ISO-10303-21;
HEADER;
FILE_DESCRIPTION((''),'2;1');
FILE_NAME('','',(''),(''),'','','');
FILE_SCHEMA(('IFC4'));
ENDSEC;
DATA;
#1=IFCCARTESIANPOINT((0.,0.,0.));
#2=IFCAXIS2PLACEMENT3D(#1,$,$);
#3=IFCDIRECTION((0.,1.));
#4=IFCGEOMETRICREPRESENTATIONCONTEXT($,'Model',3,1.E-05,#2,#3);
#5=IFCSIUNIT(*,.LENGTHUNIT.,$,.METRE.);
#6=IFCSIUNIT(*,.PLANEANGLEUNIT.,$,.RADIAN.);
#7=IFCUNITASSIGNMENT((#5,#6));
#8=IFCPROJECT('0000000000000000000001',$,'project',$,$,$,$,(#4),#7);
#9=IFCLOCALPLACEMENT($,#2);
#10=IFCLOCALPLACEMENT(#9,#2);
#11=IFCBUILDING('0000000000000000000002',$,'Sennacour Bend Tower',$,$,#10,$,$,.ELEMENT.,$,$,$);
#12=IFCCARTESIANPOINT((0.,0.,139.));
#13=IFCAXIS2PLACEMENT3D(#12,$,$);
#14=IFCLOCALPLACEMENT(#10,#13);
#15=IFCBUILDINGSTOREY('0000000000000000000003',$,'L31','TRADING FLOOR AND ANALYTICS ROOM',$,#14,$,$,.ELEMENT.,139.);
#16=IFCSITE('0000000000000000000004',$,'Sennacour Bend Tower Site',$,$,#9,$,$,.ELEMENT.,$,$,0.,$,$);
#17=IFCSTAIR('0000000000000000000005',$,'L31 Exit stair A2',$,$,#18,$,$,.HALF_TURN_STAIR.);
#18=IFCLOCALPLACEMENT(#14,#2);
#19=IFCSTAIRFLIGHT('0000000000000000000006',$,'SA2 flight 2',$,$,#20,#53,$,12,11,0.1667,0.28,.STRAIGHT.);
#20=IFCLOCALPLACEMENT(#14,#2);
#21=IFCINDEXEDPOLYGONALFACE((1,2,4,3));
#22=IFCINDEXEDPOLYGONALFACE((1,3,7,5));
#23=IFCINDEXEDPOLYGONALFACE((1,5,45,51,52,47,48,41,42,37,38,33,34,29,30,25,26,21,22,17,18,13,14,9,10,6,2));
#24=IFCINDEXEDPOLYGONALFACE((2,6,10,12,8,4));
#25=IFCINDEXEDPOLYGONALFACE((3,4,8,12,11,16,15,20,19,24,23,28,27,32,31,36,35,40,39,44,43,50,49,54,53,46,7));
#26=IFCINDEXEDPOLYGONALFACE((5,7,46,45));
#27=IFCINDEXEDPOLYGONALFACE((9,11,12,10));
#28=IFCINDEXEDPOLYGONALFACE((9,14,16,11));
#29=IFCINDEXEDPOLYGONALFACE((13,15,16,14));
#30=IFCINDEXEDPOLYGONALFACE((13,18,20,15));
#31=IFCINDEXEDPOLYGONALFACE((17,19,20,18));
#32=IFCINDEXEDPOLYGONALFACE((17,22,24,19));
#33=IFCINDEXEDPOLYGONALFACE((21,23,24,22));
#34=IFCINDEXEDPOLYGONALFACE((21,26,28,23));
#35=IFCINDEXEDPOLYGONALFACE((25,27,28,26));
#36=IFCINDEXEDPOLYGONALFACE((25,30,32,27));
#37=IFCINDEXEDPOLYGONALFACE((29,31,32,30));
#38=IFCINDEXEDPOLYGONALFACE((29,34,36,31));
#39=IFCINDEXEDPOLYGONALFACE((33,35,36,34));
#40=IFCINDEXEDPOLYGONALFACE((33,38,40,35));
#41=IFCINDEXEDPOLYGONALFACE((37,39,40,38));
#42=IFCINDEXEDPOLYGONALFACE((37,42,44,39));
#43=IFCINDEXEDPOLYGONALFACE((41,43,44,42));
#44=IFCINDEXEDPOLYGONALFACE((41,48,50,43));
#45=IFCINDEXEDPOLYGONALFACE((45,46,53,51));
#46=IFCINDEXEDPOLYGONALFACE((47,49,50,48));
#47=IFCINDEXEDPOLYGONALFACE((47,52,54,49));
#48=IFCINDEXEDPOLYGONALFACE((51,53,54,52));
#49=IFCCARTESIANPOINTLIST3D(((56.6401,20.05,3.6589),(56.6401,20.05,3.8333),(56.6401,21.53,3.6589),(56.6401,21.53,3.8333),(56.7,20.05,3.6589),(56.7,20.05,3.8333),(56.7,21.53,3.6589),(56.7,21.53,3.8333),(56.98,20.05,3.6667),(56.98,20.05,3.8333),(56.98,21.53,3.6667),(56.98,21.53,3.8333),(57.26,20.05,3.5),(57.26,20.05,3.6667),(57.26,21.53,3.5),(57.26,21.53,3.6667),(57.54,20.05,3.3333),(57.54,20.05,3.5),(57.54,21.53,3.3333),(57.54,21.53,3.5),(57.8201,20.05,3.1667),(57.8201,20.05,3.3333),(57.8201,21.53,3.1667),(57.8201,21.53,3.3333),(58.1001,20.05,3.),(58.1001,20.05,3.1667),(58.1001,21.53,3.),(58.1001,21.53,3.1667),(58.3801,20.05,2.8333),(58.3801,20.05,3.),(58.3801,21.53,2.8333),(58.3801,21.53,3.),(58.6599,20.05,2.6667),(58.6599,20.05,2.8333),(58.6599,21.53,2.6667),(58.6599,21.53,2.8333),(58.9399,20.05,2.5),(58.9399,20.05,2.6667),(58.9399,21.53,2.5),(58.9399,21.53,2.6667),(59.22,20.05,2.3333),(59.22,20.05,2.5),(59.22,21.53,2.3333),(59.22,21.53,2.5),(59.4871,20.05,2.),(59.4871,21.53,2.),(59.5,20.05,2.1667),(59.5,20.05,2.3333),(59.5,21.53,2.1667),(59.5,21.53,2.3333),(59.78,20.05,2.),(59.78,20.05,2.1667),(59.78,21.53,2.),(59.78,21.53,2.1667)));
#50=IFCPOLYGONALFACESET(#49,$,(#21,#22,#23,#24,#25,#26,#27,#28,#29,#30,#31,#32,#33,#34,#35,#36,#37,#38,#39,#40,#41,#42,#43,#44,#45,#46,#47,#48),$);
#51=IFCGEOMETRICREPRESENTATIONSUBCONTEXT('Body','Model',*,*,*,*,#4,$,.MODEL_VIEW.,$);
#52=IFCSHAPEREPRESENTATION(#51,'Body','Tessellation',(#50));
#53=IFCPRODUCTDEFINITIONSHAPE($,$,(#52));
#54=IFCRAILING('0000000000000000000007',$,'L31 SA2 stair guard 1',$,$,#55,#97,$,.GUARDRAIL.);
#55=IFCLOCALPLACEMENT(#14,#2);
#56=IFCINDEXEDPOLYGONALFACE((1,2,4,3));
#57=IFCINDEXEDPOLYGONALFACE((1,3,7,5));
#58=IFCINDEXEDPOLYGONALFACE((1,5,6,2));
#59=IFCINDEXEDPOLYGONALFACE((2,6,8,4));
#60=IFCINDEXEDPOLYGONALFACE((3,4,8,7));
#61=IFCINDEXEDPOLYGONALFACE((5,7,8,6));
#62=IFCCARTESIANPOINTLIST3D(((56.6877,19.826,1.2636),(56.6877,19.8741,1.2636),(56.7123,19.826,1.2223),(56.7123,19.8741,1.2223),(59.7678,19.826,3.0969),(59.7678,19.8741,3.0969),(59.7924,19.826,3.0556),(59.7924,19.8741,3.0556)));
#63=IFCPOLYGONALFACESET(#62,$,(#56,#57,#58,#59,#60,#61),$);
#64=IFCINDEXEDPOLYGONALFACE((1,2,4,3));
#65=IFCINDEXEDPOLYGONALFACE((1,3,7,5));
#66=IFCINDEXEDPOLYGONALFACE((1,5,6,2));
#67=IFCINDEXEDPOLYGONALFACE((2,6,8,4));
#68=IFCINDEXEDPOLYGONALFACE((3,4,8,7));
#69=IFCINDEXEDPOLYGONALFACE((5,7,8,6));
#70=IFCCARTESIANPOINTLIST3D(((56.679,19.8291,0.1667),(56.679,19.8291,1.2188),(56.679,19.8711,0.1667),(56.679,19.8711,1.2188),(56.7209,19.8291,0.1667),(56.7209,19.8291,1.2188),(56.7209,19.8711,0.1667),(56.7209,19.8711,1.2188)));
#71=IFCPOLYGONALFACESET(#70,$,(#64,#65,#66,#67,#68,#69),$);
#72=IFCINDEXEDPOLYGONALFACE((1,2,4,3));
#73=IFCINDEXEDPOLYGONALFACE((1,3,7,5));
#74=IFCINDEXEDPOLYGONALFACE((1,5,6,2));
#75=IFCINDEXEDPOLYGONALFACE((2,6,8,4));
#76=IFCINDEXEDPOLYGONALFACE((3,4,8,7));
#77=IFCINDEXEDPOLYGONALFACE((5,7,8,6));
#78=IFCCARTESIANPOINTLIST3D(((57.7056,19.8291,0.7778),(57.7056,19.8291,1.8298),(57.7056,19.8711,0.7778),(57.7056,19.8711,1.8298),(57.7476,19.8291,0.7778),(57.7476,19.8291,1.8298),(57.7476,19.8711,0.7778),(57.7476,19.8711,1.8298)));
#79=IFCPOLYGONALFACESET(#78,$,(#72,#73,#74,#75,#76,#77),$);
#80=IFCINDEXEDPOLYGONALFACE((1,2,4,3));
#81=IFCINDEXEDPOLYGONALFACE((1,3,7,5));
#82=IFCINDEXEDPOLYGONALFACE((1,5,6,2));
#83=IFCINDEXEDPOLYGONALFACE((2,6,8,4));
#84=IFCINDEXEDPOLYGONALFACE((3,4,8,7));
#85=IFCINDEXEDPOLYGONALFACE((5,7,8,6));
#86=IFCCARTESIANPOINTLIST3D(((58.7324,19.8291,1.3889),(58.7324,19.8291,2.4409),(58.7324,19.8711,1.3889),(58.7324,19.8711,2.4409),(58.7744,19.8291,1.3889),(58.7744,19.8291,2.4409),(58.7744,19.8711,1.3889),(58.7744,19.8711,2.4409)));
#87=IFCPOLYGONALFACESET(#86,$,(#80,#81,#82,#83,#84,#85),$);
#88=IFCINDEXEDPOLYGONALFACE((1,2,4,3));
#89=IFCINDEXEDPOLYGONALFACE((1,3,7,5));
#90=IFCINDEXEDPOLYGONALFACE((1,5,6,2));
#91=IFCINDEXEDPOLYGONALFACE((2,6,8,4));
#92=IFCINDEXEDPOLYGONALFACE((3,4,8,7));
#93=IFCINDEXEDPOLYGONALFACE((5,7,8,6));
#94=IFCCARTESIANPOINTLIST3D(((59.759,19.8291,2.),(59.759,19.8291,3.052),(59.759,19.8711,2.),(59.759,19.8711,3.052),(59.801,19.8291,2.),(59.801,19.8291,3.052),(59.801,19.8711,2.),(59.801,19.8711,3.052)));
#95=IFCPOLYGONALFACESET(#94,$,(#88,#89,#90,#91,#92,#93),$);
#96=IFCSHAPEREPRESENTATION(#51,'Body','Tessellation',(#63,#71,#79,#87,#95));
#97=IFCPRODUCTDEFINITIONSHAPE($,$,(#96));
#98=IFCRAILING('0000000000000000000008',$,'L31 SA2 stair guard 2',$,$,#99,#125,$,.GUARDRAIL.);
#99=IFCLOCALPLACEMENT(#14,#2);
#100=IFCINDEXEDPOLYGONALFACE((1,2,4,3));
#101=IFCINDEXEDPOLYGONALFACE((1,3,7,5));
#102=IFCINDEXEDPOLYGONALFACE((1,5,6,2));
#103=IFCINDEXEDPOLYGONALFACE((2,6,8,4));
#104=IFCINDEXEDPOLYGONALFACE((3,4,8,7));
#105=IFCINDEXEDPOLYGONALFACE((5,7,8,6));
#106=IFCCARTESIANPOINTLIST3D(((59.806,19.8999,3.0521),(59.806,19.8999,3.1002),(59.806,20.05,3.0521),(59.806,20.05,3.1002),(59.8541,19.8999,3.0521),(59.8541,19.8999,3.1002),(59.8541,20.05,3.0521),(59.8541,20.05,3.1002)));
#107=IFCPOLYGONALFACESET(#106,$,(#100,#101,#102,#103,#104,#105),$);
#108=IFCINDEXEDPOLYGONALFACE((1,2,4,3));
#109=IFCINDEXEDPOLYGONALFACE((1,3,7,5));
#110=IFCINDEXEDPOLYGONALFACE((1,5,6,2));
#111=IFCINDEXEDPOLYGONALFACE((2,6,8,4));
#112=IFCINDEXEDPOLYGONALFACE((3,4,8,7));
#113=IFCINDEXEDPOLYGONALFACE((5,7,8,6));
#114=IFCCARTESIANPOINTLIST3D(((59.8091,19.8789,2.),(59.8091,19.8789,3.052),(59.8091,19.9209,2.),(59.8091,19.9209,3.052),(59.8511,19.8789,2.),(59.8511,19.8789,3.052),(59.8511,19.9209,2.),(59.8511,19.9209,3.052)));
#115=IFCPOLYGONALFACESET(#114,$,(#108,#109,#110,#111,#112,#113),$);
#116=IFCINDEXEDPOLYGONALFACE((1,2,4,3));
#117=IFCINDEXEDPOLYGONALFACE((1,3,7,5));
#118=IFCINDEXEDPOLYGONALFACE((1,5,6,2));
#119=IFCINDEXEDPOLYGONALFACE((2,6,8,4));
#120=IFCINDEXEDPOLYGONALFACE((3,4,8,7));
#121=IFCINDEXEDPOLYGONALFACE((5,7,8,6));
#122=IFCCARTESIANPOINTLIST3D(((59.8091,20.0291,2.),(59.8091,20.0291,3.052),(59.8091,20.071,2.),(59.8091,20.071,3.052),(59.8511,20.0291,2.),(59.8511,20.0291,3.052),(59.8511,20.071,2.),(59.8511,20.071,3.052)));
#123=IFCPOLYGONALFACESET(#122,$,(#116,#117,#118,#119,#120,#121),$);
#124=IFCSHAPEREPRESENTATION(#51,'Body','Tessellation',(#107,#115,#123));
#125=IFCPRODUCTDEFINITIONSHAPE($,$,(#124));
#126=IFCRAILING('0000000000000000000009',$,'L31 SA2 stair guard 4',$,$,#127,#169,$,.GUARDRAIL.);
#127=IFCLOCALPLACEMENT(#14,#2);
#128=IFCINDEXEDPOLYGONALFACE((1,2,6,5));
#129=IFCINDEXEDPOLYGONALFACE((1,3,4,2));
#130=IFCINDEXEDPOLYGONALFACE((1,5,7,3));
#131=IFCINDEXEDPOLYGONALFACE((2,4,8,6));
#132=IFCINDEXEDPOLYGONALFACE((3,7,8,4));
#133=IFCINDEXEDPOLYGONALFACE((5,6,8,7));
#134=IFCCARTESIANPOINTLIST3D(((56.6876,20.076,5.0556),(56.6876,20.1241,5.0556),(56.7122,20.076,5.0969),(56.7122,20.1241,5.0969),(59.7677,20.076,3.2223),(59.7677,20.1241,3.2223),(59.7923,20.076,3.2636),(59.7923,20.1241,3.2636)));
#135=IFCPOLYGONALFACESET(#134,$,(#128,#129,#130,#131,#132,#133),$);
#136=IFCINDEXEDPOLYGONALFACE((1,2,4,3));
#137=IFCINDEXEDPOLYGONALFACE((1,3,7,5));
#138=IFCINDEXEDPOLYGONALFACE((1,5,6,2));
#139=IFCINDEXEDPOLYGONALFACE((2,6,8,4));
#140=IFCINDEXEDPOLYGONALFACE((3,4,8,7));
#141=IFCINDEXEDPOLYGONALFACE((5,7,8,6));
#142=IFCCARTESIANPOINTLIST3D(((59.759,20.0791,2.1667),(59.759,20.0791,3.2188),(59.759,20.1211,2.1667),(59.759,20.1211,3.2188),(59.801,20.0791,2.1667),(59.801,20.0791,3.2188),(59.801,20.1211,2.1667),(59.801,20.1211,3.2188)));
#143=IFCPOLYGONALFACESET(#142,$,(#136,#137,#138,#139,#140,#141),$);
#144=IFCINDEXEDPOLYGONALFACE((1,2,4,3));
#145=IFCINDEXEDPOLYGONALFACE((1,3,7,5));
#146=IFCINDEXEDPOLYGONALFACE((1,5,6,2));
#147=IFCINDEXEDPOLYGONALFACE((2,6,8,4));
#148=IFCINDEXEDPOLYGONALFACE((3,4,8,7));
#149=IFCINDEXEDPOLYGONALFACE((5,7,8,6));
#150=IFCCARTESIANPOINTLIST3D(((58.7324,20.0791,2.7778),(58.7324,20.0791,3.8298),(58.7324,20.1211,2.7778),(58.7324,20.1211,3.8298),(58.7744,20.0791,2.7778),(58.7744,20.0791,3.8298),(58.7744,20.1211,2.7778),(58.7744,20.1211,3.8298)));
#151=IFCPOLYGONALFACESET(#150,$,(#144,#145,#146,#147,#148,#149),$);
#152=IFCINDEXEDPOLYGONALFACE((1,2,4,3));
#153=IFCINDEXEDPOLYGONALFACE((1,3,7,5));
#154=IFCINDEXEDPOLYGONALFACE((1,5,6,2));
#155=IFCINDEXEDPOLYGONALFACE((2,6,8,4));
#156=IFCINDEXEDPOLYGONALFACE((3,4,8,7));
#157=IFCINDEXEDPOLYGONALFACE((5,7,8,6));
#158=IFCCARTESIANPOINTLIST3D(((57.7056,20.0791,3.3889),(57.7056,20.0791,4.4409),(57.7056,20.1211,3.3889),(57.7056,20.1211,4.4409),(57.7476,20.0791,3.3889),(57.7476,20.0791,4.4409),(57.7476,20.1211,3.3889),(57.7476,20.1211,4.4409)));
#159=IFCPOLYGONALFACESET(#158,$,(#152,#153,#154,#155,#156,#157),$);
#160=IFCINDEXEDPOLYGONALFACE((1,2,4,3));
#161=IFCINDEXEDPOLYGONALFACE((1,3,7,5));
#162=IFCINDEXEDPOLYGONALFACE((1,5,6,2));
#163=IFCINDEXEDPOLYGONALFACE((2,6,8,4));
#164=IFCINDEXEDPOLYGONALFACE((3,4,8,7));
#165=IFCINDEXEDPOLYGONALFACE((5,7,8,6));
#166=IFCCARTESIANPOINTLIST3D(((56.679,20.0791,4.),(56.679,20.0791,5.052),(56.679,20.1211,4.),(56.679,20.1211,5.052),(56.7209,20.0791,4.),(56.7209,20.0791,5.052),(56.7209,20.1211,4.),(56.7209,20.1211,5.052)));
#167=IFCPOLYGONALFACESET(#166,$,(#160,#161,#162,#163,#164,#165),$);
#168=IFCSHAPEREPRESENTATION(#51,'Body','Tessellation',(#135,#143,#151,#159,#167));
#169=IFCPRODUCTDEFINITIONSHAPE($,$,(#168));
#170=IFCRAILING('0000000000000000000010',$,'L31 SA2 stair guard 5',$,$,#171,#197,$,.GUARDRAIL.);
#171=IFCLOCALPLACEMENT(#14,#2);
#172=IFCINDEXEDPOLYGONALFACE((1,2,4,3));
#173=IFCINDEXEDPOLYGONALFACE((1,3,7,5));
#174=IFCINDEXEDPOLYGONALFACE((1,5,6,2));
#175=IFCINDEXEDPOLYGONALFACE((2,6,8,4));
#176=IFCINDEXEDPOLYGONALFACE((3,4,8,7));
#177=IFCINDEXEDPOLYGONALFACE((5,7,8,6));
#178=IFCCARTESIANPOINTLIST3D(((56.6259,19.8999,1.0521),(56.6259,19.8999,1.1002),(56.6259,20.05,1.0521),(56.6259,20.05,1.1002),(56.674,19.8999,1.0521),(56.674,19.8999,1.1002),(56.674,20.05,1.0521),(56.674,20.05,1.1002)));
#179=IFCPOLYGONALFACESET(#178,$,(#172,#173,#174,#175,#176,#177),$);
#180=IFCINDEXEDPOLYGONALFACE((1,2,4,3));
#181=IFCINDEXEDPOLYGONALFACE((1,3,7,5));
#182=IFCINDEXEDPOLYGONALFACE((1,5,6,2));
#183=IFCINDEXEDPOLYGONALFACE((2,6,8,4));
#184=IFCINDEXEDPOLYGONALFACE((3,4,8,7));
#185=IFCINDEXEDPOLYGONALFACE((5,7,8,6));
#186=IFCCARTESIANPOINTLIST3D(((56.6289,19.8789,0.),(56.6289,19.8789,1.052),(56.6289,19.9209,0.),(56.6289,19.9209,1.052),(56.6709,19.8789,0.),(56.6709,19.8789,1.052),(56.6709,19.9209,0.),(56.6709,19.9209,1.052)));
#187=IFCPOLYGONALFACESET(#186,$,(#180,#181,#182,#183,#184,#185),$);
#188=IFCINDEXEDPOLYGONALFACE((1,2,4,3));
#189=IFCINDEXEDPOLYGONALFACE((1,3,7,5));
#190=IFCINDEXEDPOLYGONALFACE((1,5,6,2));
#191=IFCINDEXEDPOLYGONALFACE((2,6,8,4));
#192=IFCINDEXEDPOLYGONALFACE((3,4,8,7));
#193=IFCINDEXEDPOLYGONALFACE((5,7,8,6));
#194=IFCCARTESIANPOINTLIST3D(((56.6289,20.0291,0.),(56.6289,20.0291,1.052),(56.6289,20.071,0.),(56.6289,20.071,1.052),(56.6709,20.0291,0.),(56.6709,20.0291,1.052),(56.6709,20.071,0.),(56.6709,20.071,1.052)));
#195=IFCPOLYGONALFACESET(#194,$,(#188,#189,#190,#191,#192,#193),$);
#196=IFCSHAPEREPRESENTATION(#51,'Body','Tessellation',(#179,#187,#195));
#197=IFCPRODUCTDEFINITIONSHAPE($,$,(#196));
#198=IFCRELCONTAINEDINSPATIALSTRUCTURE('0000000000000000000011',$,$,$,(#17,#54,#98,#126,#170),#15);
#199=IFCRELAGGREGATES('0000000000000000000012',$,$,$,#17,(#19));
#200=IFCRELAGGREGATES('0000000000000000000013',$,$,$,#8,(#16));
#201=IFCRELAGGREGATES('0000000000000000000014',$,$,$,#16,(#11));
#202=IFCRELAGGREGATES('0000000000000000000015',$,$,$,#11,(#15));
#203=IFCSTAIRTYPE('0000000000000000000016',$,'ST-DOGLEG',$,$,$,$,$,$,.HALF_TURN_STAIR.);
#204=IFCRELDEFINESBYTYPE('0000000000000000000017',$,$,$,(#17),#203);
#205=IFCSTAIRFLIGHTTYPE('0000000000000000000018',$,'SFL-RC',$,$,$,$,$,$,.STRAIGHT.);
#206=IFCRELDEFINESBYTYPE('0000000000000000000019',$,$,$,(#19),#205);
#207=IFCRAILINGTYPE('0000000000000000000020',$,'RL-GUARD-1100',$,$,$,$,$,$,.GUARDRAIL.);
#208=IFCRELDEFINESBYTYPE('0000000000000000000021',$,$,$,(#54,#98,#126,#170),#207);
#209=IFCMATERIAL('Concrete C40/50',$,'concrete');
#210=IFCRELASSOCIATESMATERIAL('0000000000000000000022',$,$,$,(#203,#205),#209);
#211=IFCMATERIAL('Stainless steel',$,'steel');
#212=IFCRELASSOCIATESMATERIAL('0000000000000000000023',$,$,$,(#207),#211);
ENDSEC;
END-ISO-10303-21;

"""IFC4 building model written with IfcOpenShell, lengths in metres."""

from ifc_helpers import new_model, si_unit, direction, frame, origin, origin_2d, place, context, subcontext, project, spatial, polyline, rectangle, outline, extrude, material, type_object, element, aggregate, save


model = new_model("IFC4")

# Units and contexts
model_context = context("Model", 3, precision=1e-05, world=origin(), true_north=direction((0.0, 1.0)))
body_context = subcontext(model_context, "Body", "Model", "MODEL_VIEW")
ifc_project = project(units=[si_unit("LENGTHUNIT", "METRE"), si_unit("PLANEANGLEUNIT", "RADIAN")], contexts=[model_context])

# Site, building, storey
site_placement = place(None, origin())
site = spatial("IfcSite", under=ifc_project, at=site_placement, Name="Sennacour Bend Tower Site", CompositionType="ELEMENT", RefElevation=0.0)
building_placement = place(site_placement, origin())
building = spatial("IfcBuilding", under=site, at=building_placement, Name="Sennacour Bend Tower", CompositionType="ELEMENT")
storey_placement = place(building_placement, frame((0.0, 0.0, 139.0)))
storey = spatial("IfcBuildingStorey", under=building, at=storey_placement, Name="L31", Description="TRADING FLOOR AND ANALYTICS ROOM", CompositionType="ELEMENT", Elevation=139.0)

# Stair, stair flight
ifc_material_1 = material(Name="Concrete C40/50", Category="concrete")
stair_type = type_object("IfcStairType", Name="ST-DOGLEG", PredefinedType="HALF_TURN_STAIR", material=ifc_material_1)
stair_placement = place(storey_placement, origin())
stair = element("IfcStair", 1, at=stair_placement, inside=storey, type_object=stair_type, Name="L31 Exit stair A2", PredefinedType="HALF_TURN_STAIR")
stair_flight_type = type_object("IfcStairFlightType", Name="SFL-RC", PredefinedType="STRAIGHT", material=ifc_material_1)
stair_flight_1_placement = place(storey_placement, frame((59.78, 20.79, 2.0), z_axis=(0.0, 0.0, 1.0), x_axis=(-1.0, 0.0, 0.0)))
stair_flight_1 = element("IfcStairFlight", 2, at=stair_flight_1_placement, type_object=stair_flight_type, Name="SA2 flight 2", NumberOfRisers=12, NumberOfTreads=11, PredefinedType="STRAIGHT", RiserHeight=0.1667, TreadLength=0.28, context=body_context, shape_type="SweptSolid", body=[
    extrude(outline(polyline([(0.0, 0.0), (0.0, 0.1667), (0.28, 0.1667), (0.28, 0.3333), (0.5601, 0.3333), (0.5601, 0.5), (0.8401, 0.5), (0.8401, 0.6667), (1.1201, 0.6667), (1.1201, 0.8333), (1.3999, 0.8333), (1.3999, 1.0), (1.6799, 1.0), (1.6799, 1.1667), (1.96, 1.1667), (1.96, 1.3333), (2.24, 1.3333), (2.24, 1.5), (2.52, 1.5), (2.52, 1.6667), (2.8, 1.6667), (2.8, 1.8333), (3.0801, 1.8333), (3.1399, 1.8333), (3.1399, 1.6589), (3.0801, 1.6589), (0.293, 0.0), (0.0, 0.0)])), frame((0.0, 0.74, 0.0), z_axis=(0.0, -1.0, 0.0), x_axis=(1.0, 0.0, 0.0)), (0.0, 0.0, 1.0), 1.48),
])
aggregate(stair, [stair_flight_1])

# Railings
ifc_material_2 = material(Name="Stainless steel", Category="steel")
railing_type_1 = type_object("IfcRailingType", Name="RL-GUARD-1100", PredefinedType="GUARDRAIL", material=ifc_material_2)
railing_1_placement = place(storey_placement, frame((56.7, 19.8501, 0.1667)))
element("IfcRailing", 3, at=railing_1_placement, inside=storey, type_object=railing_type_1, Name="L31 SA2 stair guard 1", PredefinedType="GUARDRAIL", context=body_context, shape_type="SweptSolid", body=[
    extrude(rectangle(XDim=0.0481, YDim=0.0481, at=origin_2d()), frame((0.0, 0.0, 1.0762), z_axis=(0.859309, 0.0, 0.511458), x_axis=(0.0, 1.0, 0.0)), (0.0, 0.0, 1.0), 3.5845),
    extrude(rectangle(XDim=0.042, YDim=0.042, at=origin_2d()), origin(), (0.0, 0.0, 1.0), 1.052),
    extrude(rectangle(XDim=0.042, YDim=0.042, at=origin_2d()), frame((1.0266, 0.0, 0.6111)), (0.0, 0.0, 1.0), 1.052),
    extrude(rectangle(XDim=0.042, YDim=0.042, at=origin_2d()), frame((2.0535, 0.0, 1.2222)), (0.0, 0.0, 1.0), 1.052),
    extrude(rectangle(XDim=0.042, YDim=0.042, at=origin_2d()), frame((3.0801, 0.0, 1.8333)), (0.0, 0.0, 1.0), 1.052),
])
railing_2_placement = place(storey_placement, frame((59.8301, 19.8999, 2.0)))
element("IfcRailing", 4, at=railing_2_placement, inside=storey, type_object=railing_type_1, Name="L31 SA2 stair guard 2", PredefinedType="GUARDRAIL", context=body_context, shape_type="SweptSolid", body=[
    extrude(rectangle(XDim=0.0481, YDim=0.0481, at=origin_2d()), frame((0.0, 0.0, 1.0762), z_axis=(0.0, 1.0, 0.0), x_axis=(-1.0, 0.0, 0.0)), (0.0, 0.0, 1.0), 0.1501),
    extrude(rectangle(XDim=0.042, YDim=0.042, at=origin_2d()), origin(), (0.0, 0.0, 1.0), 1.052),
    extrude(rectangle(XDim=0.042, YDim=0.042, at=origin_2d()), frame((0.0, 0.1501, 0.0)), (0.0, 0.0, 1.0), 1.052),
])
railing_3_placement = place(storey_placement, frame((59.78, 20.1001, 2.1667)))
element("IfcRailing", 5, at=railing_3_placement, inside=storey, type_object=railing_type_1, Name="L31 SA2 stair guard 4", PredefinedType="GUARDRAIL", context=body_context, shape_type="SweptSolid", body=[
    extrude(rectangle(XDim=0.0481, YDim=0.0481, at=origin_2d()), frame((0.0, 0.0, 1.0762), z_axis=(-0.859309, 0.0, 0.511458), x_axis=(0.0, -1.0, 0.0)), (0.0, 0.0, 1.0), 3.5845),
    extrude(rectangle(XDim=0.042, YDim=0.042, at=origin_2d()), origin(), (0.0, 0.0, 1.0), 1.052),
    extrude(rectangle(XDim=0.042, YDim=0.042, at=origin_2d()), frame((-1.0266, 0.0, 0.6111)), (0.0, 0.0, 1.0), 1.052),
    extrude(rectangle(XDim=0.042, YDim=0.042, at=origin_2d()), frame((-2.0535, 0.0, 1.2222)), (0.0, 0.0, 1.0), 1.052),
    extrude(rectangle(XDim=0.042, YDim=0.042, at=origin_2d()), frame((-3.0801, 0.0, 1.8333)), (0.0, 0.0, 1.0), 1.052),
])
railing_4_placement = place(storey_placement, frame((56.6499, 19.8999, 0.0)))
element("IfcRailing", 6, at=railing_4_placement, inside=storey, type_object=railing_type_1, Name="L31 SA2 stair guard 5", PredefinedType="GUARDRAIL", context=body_context, shape_type="SweptSolid", body=[
    extrude(rectangle(XDim=0.0481, YDim=0.0481, at=origin_2d()), frame((0.0, 0.0, 1.0762), z_axis=(0.0, 1.0, 0.0), x_axis=(-1.0, 0.0, 0.0)), (0.0, 0.0, 1.0), 0.1501),
    extrude(rectangle(XDim=0.042, YDim=0.042, at=origin_2d()), origin(), (0.0, 0.0, 1.0), 1.052),
    extrude(rectangle(XDim=0.042, YDim=0.042, at=origin_2d()), frame((0.0, 0.1501, 0.0)), (0.0, 0.0, 1.0), 1.052),
])

save(model, "model.ifc")
